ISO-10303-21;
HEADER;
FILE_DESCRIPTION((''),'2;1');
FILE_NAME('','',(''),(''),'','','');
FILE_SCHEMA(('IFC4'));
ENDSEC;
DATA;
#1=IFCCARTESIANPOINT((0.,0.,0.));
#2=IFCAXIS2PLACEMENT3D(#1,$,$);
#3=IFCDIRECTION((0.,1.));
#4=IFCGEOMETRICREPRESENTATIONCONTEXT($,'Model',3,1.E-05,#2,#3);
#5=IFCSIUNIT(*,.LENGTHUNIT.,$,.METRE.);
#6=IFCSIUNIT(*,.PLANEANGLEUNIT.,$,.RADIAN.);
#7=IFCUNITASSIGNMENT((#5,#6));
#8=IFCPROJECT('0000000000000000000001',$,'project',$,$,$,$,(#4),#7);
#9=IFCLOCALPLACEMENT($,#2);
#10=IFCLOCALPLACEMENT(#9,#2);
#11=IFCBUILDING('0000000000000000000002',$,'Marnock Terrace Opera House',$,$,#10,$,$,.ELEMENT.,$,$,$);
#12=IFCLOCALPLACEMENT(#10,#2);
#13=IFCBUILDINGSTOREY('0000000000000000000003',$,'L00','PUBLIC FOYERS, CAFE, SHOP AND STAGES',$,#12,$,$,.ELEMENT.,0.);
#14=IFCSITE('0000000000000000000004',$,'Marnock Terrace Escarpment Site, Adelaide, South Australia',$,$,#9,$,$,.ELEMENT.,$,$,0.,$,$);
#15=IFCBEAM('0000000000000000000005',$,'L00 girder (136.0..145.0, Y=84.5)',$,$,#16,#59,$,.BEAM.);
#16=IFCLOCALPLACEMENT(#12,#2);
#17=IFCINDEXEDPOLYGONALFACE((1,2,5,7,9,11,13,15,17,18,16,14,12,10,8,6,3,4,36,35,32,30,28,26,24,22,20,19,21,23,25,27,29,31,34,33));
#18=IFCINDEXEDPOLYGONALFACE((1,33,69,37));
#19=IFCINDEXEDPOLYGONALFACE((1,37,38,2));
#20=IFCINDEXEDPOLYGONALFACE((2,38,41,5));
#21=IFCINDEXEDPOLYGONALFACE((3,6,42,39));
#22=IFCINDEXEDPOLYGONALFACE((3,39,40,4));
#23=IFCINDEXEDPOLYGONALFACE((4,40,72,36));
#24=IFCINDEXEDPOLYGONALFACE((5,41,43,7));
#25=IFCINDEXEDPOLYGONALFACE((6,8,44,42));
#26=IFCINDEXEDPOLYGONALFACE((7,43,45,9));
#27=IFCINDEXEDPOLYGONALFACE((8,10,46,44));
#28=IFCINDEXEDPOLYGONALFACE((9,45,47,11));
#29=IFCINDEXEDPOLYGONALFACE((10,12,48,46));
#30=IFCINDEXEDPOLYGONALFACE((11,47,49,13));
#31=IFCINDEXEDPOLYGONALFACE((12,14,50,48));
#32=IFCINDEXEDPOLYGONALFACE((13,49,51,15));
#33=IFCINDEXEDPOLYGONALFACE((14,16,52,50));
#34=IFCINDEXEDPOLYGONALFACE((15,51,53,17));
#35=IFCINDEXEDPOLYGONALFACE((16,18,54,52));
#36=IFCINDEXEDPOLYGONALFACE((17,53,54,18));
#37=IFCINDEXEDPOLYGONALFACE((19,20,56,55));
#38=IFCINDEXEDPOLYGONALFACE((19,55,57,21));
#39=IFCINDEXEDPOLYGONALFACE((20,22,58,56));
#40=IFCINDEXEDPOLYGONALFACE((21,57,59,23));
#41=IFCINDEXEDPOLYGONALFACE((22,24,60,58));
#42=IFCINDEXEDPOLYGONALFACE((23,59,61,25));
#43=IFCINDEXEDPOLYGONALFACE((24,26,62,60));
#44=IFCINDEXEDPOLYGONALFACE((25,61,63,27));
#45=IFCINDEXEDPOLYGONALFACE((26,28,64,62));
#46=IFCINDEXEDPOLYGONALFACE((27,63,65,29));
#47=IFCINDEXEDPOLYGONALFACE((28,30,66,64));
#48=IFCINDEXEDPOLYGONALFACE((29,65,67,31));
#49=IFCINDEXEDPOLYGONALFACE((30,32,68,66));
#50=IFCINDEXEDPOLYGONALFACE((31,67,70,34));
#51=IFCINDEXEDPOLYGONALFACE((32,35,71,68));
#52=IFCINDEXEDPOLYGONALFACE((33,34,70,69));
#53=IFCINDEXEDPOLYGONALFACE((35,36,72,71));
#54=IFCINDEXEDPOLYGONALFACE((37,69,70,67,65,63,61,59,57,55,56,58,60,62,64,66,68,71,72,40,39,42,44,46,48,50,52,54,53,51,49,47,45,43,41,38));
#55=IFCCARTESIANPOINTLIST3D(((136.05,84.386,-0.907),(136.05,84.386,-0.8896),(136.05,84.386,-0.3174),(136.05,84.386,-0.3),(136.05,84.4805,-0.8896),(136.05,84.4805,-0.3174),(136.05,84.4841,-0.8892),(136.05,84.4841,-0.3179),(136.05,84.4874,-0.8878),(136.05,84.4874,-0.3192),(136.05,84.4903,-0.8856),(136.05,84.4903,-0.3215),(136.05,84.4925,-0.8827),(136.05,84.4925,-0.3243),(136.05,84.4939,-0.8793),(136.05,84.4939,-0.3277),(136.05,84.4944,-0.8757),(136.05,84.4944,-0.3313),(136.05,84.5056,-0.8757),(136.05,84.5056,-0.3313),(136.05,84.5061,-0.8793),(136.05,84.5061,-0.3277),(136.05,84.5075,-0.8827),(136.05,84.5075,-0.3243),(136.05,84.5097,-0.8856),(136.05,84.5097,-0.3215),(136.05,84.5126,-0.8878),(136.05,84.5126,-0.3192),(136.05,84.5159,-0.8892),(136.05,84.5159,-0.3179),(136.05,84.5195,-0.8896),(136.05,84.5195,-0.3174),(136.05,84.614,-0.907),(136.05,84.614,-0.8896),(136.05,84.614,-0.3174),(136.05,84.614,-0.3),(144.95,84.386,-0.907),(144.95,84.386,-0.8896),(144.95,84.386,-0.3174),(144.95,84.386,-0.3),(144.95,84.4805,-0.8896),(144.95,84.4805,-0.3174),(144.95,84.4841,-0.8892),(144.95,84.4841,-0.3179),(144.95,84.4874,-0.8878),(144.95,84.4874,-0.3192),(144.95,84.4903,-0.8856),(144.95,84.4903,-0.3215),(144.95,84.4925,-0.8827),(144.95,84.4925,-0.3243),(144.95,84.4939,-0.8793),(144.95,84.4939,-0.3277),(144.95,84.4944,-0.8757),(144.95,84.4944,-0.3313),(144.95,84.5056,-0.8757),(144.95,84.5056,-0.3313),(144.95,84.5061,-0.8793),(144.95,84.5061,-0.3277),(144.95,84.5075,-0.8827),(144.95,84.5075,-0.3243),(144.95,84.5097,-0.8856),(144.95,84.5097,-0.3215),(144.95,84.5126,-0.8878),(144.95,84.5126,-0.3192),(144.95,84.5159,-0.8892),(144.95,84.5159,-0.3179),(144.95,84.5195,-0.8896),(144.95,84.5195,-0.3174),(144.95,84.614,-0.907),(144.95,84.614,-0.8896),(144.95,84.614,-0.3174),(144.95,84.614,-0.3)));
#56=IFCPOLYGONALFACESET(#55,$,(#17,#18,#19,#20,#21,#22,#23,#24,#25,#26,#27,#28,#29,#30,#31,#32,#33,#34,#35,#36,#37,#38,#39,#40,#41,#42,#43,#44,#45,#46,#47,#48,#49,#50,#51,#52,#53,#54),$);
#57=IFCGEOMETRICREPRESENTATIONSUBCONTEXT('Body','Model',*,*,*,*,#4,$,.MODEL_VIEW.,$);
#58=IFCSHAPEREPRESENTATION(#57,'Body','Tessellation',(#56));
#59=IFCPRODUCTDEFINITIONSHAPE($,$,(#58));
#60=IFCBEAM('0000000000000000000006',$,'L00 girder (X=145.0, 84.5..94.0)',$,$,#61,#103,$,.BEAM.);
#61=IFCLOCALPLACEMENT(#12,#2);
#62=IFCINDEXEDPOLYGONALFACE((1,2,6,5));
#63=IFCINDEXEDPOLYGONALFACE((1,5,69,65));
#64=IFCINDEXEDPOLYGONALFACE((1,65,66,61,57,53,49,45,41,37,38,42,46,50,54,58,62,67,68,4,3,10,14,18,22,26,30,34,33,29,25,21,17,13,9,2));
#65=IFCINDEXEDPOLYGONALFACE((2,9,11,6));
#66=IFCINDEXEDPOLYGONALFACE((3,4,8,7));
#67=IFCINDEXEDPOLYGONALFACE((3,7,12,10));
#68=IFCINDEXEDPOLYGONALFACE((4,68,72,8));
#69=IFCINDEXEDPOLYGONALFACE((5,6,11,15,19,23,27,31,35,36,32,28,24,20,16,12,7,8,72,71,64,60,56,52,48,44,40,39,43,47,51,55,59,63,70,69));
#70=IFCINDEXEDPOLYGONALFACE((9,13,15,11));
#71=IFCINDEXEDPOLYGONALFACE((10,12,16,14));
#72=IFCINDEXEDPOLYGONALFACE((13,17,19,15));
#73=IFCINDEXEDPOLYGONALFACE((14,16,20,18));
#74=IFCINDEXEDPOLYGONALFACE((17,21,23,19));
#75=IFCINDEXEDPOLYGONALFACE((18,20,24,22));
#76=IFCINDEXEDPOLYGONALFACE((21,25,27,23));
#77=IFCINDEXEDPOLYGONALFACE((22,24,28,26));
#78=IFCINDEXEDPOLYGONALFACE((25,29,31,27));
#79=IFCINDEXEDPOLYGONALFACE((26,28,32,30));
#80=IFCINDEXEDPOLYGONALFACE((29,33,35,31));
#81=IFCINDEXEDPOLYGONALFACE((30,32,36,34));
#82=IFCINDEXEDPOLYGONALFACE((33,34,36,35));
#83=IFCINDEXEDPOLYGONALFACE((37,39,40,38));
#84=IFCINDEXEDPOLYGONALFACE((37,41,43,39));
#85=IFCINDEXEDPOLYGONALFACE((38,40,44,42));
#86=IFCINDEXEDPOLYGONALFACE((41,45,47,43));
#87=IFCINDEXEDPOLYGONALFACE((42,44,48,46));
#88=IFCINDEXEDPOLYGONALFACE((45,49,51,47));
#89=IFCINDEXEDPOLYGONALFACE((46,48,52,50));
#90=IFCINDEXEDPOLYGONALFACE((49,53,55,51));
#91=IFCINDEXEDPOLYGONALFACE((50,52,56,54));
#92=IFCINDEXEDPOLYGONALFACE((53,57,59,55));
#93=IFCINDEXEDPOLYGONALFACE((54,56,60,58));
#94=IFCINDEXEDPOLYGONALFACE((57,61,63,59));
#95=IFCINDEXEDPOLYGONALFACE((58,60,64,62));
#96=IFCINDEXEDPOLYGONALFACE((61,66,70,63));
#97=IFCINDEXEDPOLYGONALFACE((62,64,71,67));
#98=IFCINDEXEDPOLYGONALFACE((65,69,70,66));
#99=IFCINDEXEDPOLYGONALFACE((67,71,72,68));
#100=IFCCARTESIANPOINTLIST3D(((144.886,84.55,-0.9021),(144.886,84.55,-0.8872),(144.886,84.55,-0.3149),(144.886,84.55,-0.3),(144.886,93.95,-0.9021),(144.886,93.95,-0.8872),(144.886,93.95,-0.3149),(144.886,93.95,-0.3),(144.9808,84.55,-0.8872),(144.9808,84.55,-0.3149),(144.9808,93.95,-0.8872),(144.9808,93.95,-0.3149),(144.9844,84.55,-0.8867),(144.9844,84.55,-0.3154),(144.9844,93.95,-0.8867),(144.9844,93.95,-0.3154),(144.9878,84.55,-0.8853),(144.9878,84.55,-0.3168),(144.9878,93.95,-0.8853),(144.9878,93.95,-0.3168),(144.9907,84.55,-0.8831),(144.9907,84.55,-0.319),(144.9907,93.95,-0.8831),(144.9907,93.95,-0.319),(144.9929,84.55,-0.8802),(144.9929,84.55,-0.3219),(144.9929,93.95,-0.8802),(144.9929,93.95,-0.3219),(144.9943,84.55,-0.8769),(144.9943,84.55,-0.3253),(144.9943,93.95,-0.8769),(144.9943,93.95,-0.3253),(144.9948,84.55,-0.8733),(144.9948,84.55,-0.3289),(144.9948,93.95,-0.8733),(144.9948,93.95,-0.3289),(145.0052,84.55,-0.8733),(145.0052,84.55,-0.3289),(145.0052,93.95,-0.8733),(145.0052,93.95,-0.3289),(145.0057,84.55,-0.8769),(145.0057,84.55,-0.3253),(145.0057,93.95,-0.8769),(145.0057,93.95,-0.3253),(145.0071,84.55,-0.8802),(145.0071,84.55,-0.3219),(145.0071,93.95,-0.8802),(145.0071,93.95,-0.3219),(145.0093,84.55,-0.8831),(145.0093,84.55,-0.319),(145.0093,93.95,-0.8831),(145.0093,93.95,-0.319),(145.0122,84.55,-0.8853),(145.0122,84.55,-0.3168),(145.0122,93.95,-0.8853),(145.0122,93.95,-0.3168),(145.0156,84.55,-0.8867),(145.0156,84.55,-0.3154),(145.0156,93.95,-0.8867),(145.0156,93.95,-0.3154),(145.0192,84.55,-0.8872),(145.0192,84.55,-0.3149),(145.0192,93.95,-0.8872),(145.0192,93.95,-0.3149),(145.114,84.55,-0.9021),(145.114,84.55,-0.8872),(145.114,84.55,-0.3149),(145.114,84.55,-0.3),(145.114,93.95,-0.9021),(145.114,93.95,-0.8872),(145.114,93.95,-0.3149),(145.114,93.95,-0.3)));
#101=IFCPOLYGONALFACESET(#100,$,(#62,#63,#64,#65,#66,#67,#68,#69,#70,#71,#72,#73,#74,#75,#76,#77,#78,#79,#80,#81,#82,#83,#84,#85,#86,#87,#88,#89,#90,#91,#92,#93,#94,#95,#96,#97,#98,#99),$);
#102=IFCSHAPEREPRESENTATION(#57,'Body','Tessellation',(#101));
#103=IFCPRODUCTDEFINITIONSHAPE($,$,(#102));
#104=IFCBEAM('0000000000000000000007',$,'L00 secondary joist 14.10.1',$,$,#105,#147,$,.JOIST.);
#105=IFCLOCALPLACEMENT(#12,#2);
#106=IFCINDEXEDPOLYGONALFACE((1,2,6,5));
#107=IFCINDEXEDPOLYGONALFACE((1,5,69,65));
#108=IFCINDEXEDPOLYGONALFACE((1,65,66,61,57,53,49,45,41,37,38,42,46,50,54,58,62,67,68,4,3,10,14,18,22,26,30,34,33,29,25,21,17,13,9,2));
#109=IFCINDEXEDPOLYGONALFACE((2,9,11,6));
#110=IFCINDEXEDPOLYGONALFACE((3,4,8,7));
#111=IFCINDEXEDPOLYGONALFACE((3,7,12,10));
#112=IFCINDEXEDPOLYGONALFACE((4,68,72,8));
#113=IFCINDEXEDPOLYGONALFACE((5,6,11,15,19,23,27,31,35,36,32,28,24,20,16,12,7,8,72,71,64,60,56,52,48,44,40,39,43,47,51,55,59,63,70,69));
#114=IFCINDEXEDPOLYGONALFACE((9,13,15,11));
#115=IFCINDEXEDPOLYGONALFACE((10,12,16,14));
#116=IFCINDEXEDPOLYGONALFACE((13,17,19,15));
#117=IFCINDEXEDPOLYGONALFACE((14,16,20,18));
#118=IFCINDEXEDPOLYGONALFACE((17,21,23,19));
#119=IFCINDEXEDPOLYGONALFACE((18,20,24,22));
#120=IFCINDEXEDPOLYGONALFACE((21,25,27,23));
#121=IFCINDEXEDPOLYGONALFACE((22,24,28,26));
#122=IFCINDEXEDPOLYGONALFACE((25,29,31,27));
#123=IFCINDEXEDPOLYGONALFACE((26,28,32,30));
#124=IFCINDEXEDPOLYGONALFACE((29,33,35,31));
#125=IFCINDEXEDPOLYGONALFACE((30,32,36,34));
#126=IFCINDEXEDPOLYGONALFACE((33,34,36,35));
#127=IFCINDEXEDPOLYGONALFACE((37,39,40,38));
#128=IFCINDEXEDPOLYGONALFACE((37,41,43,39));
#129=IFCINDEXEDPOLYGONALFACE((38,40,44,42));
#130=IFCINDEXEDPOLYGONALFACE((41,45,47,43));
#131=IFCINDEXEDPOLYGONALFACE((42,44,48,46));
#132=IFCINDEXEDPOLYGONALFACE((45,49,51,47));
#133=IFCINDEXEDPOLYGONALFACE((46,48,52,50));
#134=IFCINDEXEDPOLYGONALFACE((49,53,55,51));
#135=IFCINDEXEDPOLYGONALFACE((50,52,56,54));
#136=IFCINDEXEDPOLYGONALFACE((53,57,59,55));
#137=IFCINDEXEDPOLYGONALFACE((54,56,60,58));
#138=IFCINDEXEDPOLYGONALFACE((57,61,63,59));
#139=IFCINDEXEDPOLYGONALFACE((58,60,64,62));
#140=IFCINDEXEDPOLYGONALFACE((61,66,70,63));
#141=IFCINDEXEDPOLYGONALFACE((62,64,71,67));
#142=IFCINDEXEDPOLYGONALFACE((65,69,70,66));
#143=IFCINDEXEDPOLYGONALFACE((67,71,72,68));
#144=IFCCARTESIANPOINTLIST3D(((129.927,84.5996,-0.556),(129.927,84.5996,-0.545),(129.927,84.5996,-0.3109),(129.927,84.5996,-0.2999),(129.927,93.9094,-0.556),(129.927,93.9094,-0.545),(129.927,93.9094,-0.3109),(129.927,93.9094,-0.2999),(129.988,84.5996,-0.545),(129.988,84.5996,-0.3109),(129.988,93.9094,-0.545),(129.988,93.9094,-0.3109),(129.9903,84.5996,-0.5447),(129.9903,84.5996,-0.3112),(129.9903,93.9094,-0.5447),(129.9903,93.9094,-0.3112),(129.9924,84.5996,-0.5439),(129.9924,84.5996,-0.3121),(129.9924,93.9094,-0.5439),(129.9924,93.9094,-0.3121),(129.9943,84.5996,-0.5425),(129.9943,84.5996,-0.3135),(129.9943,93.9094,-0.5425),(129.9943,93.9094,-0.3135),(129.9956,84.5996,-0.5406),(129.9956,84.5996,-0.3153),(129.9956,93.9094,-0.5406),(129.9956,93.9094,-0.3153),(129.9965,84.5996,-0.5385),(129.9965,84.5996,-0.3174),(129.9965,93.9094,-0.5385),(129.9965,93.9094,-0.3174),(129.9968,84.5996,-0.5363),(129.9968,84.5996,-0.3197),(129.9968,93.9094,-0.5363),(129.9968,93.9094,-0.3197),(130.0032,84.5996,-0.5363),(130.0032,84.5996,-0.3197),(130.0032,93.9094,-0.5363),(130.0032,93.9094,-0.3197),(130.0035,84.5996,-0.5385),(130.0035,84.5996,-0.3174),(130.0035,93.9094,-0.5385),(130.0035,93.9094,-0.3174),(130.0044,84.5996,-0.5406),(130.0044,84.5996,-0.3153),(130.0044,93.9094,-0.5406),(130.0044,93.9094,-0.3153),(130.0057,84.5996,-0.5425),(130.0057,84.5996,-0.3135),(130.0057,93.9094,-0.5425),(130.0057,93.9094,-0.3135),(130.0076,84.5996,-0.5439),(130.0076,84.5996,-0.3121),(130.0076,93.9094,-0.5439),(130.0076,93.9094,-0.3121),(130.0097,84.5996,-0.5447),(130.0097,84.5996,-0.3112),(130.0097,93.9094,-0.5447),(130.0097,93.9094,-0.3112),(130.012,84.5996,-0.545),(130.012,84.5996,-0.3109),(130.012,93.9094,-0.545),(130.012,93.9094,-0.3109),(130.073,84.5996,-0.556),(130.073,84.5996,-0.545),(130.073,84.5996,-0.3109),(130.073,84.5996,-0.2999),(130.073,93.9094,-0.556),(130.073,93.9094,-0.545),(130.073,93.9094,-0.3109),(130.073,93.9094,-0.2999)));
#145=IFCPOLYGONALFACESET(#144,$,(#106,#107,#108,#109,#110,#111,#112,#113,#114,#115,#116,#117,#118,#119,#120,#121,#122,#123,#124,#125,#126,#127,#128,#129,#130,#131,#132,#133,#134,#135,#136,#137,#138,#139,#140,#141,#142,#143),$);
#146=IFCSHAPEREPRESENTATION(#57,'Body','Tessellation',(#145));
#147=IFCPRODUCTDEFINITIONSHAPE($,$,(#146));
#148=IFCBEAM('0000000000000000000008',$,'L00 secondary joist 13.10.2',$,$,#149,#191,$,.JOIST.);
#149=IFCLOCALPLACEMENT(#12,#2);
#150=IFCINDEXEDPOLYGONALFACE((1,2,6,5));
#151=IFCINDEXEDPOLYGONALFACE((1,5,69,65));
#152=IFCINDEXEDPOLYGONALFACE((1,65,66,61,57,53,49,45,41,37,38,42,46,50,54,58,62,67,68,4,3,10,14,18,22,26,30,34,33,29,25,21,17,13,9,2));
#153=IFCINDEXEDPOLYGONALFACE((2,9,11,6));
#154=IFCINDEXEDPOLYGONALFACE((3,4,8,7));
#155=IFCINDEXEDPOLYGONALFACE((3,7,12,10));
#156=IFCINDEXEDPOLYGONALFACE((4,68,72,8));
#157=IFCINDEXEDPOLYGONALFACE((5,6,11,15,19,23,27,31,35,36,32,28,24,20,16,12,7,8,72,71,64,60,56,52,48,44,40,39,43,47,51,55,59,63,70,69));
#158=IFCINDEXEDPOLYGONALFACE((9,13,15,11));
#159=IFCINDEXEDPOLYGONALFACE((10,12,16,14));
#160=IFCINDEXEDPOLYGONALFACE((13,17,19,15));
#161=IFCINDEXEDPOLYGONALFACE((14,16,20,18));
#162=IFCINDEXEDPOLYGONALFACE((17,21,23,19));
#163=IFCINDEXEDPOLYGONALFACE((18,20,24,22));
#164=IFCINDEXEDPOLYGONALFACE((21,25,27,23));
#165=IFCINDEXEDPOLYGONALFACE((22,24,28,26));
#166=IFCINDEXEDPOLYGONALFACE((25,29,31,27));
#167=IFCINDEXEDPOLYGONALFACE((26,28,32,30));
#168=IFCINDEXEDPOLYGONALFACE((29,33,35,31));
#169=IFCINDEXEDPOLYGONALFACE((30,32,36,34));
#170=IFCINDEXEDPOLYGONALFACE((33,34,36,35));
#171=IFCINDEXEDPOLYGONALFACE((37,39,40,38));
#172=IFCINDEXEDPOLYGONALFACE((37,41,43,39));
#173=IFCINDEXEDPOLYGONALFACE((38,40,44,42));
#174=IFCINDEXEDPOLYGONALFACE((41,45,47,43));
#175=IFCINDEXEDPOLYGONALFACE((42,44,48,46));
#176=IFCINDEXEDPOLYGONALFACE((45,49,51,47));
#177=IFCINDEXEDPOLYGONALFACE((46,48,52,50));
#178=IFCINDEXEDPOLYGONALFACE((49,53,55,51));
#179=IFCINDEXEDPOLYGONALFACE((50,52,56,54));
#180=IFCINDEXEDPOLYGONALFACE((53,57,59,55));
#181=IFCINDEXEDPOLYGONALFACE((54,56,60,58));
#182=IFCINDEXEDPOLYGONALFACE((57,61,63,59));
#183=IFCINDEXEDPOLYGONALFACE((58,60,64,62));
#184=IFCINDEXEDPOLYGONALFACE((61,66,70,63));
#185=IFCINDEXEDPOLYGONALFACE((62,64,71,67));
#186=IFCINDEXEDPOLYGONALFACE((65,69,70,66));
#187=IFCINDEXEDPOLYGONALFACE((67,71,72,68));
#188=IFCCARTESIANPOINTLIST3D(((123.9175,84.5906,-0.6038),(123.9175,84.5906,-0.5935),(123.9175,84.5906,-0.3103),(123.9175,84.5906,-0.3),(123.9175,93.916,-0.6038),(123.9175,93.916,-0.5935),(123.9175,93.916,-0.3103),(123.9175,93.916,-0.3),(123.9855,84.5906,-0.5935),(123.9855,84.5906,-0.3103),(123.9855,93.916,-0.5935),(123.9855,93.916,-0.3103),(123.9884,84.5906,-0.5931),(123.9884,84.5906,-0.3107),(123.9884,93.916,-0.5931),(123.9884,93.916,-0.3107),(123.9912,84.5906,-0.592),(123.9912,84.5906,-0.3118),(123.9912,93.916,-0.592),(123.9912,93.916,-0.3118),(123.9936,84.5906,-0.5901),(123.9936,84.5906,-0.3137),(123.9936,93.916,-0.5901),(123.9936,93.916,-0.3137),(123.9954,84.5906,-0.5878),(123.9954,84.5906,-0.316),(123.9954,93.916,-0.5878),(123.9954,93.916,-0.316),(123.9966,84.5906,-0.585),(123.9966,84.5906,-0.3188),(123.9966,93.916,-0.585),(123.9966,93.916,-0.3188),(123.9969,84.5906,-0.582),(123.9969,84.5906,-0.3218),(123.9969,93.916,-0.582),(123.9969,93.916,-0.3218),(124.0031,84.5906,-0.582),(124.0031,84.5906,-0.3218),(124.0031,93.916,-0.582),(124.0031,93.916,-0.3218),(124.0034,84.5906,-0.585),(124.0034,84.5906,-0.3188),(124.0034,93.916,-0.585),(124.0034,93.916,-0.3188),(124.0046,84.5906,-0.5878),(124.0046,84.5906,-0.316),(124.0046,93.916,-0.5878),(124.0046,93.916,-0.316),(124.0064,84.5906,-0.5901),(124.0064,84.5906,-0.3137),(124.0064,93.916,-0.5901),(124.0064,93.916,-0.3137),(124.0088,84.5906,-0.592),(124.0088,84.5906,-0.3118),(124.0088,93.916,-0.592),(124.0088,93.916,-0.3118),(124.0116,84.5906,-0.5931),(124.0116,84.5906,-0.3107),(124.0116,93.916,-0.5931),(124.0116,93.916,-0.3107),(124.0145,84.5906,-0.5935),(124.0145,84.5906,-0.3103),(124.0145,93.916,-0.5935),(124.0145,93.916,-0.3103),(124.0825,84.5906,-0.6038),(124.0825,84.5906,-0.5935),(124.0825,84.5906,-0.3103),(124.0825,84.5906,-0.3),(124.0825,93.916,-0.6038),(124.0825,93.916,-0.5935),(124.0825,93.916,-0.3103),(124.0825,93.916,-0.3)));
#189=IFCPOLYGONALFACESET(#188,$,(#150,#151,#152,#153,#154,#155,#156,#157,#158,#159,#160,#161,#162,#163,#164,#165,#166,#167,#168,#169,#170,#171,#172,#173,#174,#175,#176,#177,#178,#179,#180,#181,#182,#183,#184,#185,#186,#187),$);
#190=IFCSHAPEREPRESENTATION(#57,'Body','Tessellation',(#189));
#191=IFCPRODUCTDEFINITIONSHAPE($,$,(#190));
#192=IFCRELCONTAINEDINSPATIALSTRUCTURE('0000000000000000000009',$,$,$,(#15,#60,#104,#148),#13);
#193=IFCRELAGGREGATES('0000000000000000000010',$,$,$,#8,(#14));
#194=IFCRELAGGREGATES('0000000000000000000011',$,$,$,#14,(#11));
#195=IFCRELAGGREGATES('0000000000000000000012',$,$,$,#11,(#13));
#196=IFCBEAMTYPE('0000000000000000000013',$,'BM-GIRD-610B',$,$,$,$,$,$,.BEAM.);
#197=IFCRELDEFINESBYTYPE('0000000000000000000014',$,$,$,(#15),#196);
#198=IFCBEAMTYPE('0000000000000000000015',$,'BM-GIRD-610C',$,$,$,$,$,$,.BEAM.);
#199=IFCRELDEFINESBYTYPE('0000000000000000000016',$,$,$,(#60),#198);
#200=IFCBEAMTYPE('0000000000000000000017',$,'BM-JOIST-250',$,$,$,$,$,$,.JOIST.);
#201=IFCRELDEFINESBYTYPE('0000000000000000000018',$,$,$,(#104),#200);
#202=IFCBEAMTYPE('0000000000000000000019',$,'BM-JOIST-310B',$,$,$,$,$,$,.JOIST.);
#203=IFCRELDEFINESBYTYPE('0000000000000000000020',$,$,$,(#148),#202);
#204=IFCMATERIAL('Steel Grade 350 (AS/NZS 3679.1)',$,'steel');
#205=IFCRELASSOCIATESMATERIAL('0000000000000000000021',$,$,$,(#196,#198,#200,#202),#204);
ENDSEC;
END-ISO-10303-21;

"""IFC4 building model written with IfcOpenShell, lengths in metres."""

from ifc_helpers import new_model, si_unit, direction, frame, origin, origin_2d, place, context, subcontext, project, spatial, i_section, extrude, material, material_profile, profile_set, type_object, element, save


model = new_model("IFC4")

# Units and contexts
model_context = context("Model", 3, precision=1e-05, world=origin(), true_north=direction((0.0, 1.0)))
body_context = subcontext(model_context, "Body", "Model", "MODEL_VIEW")
ifc_project = project(units=[si_unit("LENGTHUNIT", "METRE"), si_unit("PLANEANGLEUNIT", "RADIAN")], contexts=[model_context])

# Site, building, storey
site_placement = place(None, origin())
site = spatial("IfcSite", under=ifc_project, at=site_placement, Name="Marnock Terrace Escarpment Site, Adelaide, South Australia", CompositionType="ELEMENT", RefElevation=0.0)
building_placement = place(site_placement, origin())
building = spatial("IfcBuilding", under=site, at=building_placement, Name="Marnock Terrace Opera House", CompositionType="ELEMENT")
storey_placement = place(building_placement, origin())
storey = spatial("IfcBuildingStorey", under=building, at=storey_placement, Name="L00", Description="PUBLIC FOYERS, CAFE, SHOP AND STAGES", CompositionType="ELEMENT", Elevation=0.0)

# Beams
ifc_material_1 = material(Name="Steel Grade 350 (AS/NZS 3679.1)", Category="steel")
ifc_material_profile_1 = material_profile(ifc_material_1, i_section(OverallWidth=0.228, OverallDepth=0.6069, WebThickness=0.0112, FlangeThickness=0.0173, FilletRadius=0.0139, at=origin_2d()))
ifc_profile_set_1 = profile_set([ifc_material_profile_1], Name="Steel Grade 350 (AS/NZS 3679.1)")
beam_type_1 = type_object("IfcBeamType", Name="BM-GIRD-610B", PredefinedType="BEAM", material=ifc_profile_set_1)
beam_1_placement = place(storey_placement, frame((136.05, 84.5, -0.6035), z_axis=(1.0, 0.0, 0.0), x_axis=(0.0, 1.0, 0.0)))
element("IfcBeam", 1, at=beam_1_placement, inside=storey, type_object=beam_type_1, Name="L00 girder (136.0..145.0, Y=84.5)", PredefinedType="BEAM", context=body_context, shape_type="SweptSolid", body=[
    extrude(i_section(OverallWidth=0.228, OverallDepth=0.6069, WebThickness=0.0112, FlangeThickness=0.0173, FilletRadius=0.0139, at=origin_2d()), origin(), (0.0, 0.0, 1.0), 8.8999),
])
ifc_material_profile_2 = material_profile(ifc_material_1, i_section(OverallWidth=0.228, OverallDepth=0.6021, WebThickness=0.0105, FlangeThickness=0.0149, FilletRadius=0.0139, at=origin_2d()))
ifc_profile_set_2 = profile_set([ifc_material_profile_2], Name="Steel Grade 350 (AS/NZS 3679.1)")
beam_type_2 = type_object("IfcBeamType", Name="BM-GIRD-610C", PredefinedType="BEAM", material=ifc_profile_set_2)
beam_2_placement = place(storey_placement, frame((145.0, 84.55, -0.6011), z_axis=(0.0, 1.0, 0.0), x_axis=(-1.0, 0.0, 0.0)))
element("IfcBeam", 2, at=beam_2_placement, inside=storey, type_object=beam_type_2, Name="L00 girder (X=145.0, 84.5..94.0)", PredefinedType="BEAM", context=body_context, shape_type="SweptSolid", body=[
    extrude(i_section(OverallWidth=0.228, OverallDepth=0.6021, WebThickness=0.0105, FlangeThickness=0.0149, FilletRadius=0.0139, at=origin_2d()), origin(), (0.0, 0.0, 1.0), 9.3999),
])
ifc_material_profile_3 = material_profile(ifc_material_1, i_section(OverallWidth=0.146, OverallDepth=0.2561, WebThickness=0.0063, FlangeThickness=0.011, FilletRadius=0.0088, at=origin_2d()))
ifc_profile_set_3 = profile_set([ifc_material_profile_3], Name="Steel Grade 350 (AS/NZS 3679.1)")
beam_type_3 = type_object("IfcBeamType", Name="BM-JOIST-250", PredefinedType="JOIST", material=ifc_profile_set_3)
beam_3_placement = place(storey_placement, frame((130.0, 84.5996, -0.428), z_axis=(0.0, 1.0, 0.0), x_axis=(-1.0, 0.0, 0.0)))
element("IfcBeam", 3, at=beam_3_placement, inside=storey, type_object=beam_type_3, Name="L00 secondary joist 14.10.1", PredefinedType="JOIST", context=body_context, shape_type="SweptSolid", body=[
    extrude(i_section(OverallWidth=0.146, OverallDepth=0.2561, WebThickness=0.0063, FlangeThickness=0.011, FilletRadius=0.0088, at=origin_2d()), origin(), (0.0, 0.0, 1.0), 9.3098),
])
ifc_material_profile_4 = material_profile(ifc_material_1, i_section(OverallWidth=0.165, OverallDepth=0.3037, WebThickness=0.0061, FlangeThickness=0.0103, FilletRadius=0.0115, at=origin_2d()))
ifc_profile_set_4 = profile_set([ifc_material_profile_4], Name="Steel Grade 350 (AS/NZS 3679.1)")
beam_type_4 = type_object("IfcBeamType", Name="BM-JOIST-310B", PredefinedType="JOIST", material=ifc_profile_set_4)
beam_4_placement = place(storey_placement, frame((124.0, 84.5906, -0.4519), z_axis=(0.0, 1.0, 0.0), x_axis=(-1.0, 0.0, 0.0)))
element("IfcBeam", 4, at=beam_4_placement, inside=storey, type_object=beam_type_4, Name="L00 secondary joist 13.10.2", PredefinedType="JOIST", context=body_context, shape_type="SweptSolid", body=[
    extrude(i_section(OverallWidth=0.165, OverallDepth=0.3037, WebThickness=0.0061, FlangeThickness=0.0103, FilletRadius=0.0115, at=origin_2d()), origin(), (0.0, 0.0, 1.0), 9.3254),
])

save(model, "model.ifc")
